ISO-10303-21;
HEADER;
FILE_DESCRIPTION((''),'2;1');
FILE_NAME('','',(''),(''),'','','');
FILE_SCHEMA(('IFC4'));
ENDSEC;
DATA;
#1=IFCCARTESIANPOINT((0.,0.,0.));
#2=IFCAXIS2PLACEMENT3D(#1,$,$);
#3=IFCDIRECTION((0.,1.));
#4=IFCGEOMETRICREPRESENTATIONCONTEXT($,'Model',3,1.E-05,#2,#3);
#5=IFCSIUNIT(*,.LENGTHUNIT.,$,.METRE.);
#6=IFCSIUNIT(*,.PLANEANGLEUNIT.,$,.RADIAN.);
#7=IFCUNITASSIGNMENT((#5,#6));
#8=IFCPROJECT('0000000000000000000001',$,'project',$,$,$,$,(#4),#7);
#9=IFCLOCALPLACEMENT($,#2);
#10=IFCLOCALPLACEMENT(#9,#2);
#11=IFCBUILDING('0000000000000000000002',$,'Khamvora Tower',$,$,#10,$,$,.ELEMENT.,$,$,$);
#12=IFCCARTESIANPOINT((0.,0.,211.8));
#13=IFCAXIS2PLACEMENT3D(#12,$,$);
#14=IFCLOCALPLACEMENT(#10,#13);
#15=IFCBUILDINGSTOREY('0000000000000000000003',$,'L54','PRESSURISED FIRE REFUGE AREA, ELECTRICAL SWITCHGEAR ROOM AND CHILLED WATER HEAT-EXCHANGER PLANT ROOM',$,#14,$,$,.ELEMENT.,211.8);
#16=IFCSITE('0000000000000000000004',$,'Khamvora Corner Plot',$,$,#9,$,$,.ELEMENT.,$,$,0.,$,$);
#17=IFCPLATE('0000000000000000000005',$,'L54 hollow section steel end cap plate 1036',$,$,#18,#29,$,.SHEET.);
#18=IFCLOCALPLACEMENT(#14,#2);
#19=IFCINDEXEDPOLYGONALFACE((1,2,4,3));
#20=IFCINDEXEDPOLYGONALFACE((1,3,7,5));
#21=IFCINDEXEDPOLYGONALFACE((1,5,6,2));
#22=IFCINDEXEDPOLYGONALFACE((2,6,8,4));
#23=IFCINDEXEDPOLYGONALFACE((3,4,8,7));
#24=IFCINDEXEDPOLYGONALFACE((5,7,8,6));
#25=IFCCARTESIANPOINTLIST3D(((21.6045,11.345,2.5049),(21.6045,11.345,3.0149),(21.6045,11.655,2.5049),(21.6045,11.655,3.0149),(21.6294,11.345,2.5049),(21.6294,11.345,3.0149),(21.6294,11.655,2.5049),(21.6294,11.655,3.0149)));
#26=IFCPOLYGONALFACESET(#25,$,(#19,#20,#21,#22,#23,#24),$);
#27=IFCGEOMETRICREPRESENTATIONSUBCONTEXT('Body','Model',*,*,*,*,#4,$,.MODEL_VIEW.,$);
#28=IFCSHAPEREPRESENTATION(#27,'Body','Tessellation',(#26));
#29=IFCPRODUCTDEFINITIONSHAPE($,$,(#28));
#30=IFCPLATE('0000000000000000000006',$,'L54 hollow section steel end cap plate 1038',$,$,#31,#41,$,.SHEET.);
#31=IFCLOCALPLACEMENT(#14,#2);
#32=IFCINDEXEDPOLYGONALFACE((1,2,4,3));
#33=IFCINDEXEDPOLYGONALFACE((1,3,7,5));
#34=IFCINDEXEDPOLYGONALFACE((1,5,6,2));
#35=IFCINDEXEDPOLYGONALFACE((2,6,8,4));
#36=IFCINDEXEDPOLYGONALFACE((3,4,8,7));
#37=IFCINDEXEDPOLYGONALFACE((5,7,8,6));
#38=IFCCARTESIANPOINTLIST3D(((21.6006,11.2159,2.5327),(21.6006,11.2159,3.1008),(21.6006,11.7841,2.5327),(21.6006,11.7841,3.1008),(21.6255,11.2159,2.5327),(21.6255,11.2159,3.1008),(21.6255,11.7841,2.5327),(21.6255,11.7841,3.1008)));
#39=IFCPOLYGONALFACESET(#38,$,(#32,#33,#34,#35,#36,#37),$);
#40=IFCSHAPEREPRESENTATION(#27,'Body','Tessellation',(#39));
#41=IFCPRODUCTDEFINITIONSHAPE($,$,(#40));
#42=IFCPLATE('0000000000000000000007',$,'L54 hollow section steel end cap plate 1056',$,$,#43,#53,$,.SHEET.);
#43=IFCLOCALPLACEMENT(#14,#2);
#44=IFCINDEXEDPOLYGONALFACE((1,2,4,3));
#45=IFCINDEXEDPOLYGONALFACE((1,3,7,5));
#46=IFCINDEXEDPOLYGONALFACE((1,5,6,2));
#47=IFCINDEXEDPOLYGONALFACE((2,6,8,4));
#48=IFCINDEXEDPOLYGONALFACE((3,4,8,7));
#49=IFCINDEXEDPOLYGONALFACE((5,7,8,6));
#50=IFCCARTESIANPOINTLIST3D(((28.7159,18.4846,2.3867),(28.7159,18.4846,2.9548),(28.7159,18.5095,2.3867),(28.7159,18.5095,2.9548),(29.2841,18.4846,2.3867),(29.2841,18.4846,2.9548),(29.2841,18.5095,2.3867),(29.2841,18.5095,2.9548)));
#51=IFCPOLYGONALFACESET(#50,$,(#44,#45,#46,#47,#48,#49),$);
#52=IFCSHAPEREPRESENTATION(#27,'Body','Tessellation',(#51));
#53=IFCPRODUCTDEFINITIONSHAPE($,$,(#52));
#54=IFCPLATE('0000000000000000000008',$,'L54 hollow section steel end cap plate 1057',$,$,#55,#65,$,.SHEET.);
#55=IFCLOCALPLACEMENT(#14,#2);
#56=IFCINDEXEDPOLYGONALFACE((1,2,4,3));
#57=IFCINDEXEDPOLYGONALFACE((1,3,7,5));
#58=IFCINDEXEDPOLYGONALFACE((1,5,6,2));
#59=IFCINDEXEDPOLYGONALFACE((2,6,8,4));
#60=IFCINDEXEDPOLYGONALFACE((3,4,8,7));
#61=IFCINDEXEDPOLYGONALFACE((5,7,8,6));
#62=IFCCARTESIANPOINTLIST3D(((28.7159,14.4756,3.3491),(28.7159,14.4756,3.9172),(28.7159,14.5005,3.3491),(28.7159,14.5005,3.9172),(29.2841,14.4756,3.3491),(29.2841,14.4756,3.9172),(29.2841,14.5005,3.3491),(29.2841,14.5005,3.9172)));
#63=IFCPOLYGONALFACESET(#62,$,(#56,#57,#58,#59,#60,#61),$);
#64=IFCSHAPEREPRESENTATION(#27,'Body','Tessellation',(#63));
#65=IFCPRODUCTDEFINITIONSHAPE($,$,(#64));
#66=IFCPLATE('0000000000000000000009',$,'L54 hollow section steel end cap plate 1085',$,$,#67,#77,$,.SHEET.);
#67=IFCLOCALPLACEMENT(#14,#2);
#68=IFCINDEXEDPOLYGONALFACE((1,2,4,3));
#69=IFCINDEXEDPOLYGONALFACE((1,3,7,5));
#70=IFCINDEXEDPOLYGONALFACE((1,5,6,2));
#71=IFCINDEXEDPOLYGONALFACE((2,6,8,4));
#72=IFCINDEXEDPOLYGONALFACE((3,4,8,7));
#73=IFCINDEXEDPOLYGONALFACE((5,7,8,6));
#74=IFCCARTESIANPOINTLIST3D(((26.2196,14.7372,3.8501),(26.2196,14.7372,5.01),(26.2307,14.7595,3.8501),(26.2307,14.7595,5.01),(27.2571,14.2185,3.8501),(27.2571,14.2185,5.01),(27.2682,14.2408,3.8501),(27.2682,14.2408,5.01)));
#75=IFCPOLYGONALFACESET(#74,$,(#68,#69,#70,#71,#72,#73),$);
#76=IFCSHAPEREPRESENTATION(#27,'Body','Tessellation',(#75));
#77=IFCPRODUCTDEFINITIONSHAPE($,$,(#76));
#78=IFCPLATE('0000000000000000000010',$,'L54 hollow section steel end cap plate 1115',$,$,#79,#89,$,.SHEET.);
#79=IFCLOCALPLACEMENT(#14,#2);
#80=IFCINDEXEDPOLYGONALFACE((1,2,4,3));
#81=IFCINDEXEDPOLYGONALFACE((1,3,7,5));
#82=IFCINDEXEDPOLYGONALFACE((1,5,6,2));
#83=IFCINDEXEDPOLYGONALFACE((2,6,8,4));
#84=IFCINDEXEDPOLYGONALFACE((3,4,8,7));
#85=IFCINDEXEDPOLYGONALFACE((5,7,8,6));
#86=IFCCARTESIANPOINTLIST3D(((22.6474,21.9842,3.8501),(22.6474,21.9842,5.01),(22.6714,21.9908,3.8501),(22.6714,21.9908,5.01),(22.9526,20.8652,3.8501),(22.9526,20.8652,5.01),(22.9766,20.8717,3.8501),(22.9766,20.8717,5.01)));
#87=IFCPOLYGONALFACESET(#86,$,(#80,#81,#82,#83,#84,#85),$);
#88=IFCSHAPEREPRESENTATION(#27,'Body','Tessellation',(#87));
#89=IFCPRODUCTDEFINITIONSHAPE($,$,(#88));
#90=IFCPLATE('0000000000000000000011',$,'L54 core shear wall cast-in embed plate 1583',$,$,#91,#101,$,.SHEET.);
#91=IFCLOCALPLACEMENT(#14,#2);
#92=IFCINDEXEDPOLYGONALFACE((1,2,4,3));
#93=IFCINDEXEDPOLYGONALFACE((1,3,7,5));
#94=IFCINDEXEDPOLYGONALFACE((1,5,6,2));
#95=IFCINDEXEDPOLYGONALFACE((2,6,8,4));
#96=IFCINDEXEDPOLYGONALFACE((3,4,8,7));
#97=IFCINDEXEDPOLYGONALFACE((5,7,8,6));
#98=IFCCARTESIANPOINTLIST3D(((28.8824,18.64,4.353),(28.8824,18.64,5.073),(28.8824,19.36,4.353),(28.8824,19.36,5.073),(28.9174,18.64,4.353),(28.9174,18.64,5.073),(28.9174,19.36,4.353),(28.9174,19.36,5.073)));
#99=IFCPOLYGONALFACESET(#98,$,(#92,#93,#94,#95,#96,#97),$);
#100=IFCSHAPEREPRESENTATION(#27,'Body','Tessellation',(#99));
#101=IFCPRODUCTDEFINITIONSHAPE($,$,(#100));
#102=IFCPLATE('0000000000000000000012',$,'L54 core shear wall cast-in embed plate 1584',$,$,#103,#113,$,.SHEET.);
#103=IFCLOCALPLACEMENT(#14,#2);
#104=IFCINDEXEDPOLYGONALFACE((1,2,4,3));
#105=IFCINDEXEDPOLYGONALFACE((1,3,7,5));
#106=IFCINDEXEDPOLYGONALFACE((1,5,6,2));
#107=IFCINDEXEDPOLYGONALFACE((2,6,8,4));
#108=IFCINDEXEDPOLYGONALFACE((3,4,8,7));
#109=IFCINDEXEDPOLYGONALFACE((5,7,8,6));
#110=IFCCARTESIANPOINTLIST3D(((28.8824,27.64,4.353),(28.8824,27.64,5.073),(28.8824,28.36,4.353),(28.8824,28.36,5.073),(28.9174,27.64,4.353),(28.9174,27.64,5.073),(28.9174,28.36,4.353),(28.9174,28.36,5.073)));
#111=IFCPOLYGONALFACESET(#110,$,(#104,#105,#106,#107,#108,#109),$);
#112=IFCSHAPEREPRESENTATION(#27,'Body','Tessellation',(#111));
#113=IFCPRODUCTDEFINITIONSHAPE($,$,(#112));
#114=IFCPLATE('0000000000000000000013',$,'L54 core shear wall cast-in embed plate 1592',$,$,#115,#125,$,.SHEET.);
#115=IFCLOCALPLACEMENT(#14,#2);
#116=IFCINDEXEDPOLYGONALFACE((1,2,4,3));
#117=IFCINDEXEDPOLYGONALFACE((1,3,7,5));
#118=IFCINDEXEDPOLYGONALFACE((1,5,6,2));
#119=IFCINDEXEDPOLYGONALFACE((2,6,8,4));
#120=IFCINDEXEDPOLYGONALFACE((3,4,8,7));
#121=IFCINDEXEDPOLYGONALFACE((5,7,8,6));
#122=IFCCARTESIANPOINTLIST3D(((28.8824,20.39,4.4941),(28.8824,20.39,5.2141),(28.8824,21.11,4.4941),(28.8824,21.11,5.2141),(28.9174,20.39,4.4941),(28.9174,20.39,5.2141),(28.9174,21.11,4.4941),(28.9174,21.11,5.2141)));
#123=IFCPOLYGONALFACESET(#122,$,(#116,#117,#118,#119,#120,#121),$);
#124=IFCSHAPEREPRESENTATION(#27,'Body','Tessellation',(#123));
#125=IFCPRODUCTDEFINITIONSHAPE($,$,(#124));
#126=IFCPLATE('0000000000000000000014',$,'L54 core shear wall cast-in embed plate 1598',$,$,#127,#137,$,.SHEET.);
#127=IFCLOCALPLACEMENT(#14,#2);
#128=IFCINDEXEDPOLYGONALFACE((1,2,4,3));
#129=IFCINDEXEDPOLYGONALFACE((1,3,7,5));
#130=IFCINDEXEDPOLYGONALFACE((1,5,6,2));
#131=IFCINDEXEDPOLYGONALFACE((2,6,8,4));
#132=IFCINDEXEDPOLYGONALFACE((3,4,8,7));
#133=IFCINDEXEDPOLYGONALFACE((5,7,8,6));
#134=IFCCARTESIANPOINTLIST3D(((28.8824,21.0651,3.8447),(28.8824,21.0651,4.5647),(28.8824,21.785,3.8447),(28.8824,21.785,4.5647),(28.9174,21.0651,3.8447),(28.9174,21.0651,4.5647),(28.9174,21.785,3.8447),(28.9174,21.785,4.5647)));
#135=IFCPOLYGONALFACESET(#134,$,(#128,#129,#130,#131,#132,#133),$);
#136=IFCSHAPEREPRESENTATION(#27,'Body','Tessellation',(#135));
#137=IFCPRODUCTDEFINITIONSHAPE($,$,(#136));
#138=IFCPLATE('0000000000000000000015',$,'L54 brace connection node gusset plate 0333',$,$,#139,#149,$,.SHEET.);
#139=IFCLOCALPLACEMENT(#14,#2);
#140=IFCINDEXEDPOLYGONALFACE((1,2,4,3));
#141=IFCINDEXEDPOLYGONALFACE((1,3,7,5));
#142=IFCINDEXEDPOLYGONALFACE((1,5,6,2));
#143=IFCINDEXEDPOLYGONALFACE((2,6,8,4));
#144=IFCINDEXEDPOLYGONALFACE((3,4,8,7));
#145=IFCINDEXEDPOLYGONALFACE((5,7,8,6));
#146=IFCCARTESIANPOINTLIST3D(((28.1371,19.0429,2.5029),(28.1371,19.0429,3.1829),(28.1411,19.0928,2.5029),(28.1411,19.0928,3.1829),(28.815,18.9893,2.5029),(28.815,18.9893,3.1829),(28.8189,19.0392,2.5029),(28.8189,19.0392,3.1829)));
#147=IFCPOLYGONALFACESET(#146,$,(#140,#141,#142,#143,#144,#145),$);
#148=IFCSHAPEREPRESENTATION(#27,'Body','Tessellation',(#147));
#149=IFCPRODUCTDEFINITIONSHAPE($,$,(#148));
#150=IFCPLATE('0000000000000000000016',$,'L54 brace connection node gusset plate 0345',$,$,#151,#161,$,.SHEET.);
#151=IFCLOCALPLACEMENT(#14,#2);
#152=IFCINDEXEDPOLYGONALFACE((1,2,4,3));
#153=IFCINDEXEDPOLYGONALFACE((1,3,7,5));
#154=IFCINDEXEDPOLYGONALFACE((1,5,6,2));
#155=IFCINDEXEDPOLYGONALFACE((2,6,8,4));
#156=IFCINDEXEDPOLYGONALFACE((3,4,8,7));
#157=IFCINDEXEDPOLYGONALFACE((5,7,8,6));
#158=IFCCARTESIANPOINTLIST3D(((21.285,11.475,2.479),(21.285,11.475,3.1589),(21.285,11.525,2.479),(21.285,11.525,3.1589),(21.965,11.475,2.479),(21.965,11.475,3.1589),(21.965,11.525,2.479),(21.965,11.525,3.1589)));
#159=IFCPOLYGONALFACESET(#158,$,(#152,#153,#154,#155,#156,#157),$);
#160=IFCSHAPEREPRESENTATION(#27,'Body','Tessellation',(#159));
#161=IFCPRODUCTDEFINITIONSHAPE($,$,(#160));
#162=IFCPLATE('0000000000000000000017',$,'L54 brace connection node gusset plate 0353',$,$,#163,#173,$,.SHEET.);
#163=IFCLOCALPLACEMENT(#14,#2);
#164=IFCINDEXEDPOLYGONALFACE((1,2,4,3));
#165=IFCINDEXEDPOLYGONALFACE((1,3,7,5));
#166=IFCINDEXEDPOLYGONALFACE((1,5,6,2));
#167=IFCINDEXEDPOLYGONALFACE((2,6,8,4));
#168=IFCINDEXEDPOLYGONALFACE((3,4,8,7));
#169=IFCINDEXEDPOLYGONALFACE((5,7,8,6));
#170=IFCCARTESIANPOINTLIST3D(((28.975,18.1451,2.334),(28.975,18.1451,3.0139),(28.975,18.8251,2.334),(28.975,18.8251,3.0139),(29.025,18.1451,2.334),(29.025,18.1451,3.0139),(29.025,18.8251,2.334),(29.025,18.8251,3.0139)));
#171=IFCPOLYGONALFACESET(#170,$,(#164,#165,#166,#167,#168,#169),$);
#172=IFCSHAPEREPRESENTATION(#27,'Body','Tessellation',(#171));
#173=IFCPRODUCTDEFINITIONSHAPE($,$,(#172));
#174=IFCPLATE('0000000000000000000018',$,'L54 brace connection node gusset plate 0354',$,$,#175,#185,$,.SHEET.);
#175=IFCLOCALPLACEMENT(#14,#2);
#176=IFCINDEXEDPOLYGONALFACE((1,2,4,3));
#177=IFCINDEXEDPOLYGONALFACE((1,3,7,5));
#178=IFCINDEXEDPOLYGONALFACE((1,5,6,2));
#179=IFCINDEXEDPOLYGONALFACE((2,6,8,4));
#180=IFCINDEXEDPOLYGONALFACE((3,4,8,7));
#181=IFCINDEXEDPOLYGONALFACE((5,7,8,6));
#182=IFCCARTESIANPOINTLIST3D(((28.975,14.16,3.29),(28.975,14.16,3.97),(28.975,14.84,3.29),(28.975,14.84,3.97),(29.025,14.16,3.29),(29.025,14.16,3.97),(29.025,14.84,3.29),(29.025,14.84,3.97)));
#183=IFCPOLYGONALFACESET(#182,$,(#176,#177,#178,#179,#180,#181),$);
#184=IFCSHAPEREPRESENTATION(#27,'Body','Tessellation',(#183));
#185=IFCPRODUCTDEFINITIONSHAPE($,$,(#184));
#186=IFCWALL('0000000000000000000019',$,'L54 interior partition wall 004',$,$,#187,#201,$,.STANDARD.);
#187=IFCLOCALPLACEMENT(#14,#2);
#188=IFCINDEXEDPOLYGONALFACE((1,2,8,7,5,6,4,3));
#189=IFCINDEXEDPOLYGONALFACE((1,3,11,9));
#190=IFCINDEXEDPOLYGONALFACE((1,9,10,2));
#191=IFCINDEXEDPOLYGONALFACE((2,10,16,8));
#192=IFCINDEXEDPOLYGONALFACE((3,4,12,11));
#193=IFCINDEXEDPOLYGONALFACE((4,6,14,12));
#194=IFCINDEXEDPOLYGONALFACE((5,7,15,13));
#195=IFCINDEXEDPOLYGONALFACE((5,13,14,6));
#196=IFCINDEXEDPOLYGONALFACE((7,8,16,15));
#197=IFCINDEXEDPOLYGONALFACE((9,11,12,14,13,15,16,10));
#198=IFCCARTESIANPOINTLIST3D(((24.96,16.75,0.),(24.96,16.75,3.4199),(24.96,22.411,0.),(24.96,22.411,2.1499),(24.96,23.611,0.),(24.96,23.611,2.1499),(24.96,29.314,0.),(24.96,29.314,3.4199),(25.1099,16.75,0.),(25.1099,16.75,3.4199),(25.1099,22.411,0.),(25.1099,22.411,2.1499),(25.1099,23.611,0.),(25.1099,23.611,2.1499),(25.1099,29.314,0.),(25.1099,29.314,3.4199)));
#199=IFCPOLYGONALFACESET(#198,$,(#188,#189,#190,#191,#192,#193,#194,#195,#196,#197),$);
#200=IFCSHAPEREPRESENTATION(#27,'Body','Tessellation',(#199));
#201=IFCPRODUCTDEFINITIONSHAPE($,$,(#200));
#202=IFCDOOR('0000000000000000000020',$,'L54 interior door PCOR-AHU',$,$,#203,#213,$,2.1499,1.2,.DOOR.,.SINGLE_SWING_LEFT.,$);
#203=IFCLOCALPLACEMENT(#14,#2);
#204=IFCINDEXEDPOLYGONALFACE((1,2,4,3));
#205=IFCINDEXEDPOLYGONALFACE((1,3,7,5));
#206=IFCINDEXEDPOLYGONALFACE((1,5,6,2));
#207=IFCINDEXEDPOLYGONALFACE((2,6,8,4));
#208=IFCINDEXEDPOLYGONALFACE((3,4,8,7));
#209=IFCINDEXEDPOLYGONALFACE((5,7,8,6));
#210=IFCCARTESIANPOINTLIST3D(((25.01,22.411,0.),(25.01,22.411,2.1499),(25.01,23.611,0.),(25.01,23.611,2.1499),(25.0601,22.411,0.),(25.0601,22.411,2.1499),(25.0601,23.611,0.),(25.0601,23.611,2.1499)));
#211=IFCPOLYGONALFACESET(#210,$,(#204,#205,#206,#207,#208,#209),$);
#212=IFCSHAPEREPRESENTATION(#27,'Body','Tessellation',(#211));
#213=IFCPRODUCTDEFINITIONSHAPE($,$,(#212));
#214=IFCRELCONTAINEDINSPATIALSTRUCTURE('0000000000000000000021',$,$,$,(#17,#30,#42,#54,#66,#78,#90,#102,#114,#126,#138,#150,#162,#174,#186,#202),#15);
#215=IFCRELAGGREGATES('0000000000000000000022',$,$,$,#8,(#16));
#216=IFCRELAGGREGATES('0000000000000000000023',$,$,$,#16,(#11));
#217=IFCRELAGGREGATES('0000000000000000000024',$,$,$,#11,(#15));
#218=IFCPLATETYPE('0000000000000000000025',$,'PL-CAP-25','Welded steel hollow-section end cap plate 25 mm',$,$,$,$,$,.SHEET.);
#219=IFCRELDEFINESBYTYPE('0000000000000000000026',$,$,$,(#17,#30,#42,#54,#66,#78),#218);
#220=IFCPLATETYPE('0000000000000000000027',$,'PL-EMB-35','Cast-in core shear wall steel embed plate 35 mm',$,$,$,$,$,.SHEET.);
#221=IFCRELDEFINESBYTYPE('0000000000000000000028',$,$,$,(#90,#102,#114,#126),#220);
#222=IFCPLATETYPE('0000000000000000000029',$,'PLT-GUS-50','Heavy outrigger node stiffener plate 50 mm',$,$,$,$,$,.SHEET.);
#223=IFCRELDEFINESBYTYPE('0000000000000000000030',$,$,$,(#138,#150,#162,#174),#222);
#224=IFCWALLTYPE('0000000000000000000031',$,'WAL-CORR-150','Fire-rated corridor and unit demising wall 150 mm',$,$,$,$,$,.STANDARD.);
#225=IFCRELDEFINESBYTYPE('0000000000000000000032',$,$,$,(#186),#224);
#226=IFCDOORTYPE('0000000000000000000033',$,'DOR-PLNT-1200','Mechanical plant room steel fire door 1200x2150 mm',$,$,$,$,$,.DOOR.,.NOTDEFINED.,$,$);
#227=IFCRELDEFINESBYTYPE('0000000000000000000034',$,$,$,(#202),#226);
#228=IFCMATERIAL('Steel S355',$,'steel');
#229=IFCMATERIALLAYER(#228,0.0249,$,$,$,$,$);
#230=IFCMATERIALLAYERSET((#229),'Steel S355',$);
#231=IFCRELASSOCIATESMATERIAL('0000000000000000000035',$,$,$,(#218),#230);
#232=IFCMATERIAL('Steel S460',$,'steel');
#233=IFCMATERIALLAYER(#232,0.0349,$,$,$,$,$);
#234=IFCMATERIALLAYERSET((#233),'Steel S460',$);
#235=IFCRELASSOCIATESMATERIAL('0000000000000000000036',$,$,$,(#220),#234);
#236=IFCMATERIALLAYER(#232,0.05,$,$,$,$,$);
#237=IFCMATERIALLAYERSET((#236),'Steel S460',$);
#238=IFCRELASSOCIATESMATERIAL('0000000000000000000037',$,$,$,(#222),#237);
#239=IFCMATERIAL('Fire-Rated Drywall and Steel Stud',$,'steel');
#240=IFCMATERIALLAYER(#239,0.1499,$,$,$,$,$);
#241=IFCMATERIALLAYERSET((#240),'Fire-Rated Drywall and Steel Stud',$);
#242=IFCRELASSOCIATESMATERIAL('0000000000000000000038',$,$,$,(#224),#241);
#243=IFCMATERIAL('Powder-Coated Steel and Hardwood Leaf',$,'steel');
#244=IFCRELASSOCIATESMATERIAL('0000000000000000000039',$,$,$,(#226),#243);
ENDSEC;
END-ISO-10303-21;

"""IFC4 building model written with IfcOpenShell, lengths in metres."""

from ifc_helpers import new_model, si_unit, direction, frame, frame_2d, origin, origin_2d, place, context, subcontext, project, spatial, rectangle, extrude, material, layer, layer_set, type_object, element, fill, save


model = new_model("IFC4")

# Units and contexts
model_context = context("Model", 3, precision=1e-05, world=origin(), true_north=direction((0.0, 1.0)))
body_context = subcontext(model_context, "Body", "Model", "MODEL_VIEW")
ifc_project = project(units=[si_unit("LENGTHUNIT", "METRE"), si_unit("PLANEANGLEUNIT", "RADIAN")], contexts=[model_context])

# Site, building, storey
site_placement = place(None, origin())
site = spatial("IfcSite", under=ifc_project, at=site_placement, Name="Khamvora Corner Plot", CompositionType="ELEMENT", RefElevation=0.0)
building_placement = place(site_placement, origin())
building = spatial("IfcBuilding", under=site, at=building_placement, Name="Khamvora Tower", CompositionType="ELEMENT")
storey_placement = place(building_placement, frame((0.0, 0.0, 211.8)))
storey = spatial("IfcBuildingStorey", under=building, at=storey_placement, Name="L54", Description="PRESSURISED FIRE REFUGE AREA, ELECTRICAL SWITCHGEAR ROOM AND CHILLED WATER HEAT-EXCHANGER PLANT ROOM", CompositionType="ELEMENT", Elevation=211.8)

# Shared definitions
ifc_material_1 = material(Name="Steel S460", Category="steel")

# Shared definitions
ifc_material_2 = material(Name="Steel S355", Category="steel")

# Plates
ifc_layer_1 = layer(ifc_material_2, 0.0249)
ifc_layer_set_1 = layer_set([ifc_layer_1], Name="Steel S355")
plate_type_1 = type_object("IfcPlateType", Name="PL-CAP-25", Description="Welded steel hollow-section end cap plate 25 mm", PredefinedType="SHEET", material=ifc_layer_set_1)
plate_1_placement = place(storey_placement, frame((21.6169, 11.5, 2.5049), z_axis=(0.0, 0.0, 1.0), x_axis=(1.0, 0.0, 0.0)))
element("IfcPlate", 1, at=plate_1_placement, inside=storey, type_object=plate_type_1, Name="L54 hollow section steel end cap plate 1036", PredefinedType="SHEET", context=body_context, shape_type="SweptSolid", body=[
    extrude(rectangle(XDim=0.0249, YDim=0.3101, at=origin_2d()), origin(), (0.0, 0.0, 1.0), 0.51),
])
for number, where, z_axis, x_axis, name in (
    (2, (21.613, 11.5, 2.5327), (0.0, 0.0, 1.0), (1.0, 0.0, 0.0), "L54 hollow section steel end cap plate 1038"),
    (3, (29.0, 18.4971, 2.3867), (0.0, 0.0, 1.0), (0.0, -1.0, 0.0), "L54 hollow section steel end cap plate 1056"),
    (4, (29.0, 14.488, 3.3491), (0.0, 0.0, 1.0), (0.0, -1.0, 0.0), "L54 hollow section steel end cap plate 1057"),
):
    element("IfcPlate", number, at=place(storey_placement, frame(where, z_axis=z_axis, x_axis=x_axis)), inside=storey, type_object=plate_type_1, Name=name, PredefinedType="SHEET", context=body_context, shape_type="SweptSolid", body=[
        extrude(rectangle(XDim=0.0249, YDim=0.5681, at=origin_2d()), origin(), (0.0, 0.0, 1.0), 0.5681),
    ])
for number, where, z_axis, x_axis, name in (
    (5, (26.7439, 14.489, 3.8501), (0.0, 0.0, 1.0), (-0.447213, -0.894428, 0.0), "L54 hollow section steel end cap plate 1085"),
    (6, (22.812, 21.428, 3.8501), (0.0, 0.0, 1.0), (0.964764, 0.263115, 0.0), "L54 hollow section steel end cap plate 1115"),
):
    element("IfcPlate", number, at=place(storey_placement, frame(where, z_axis=z_axis, x_axis=x_axis)), inside=storey, type_object=plate_type_1, Name=name, PredefinedType="SHEET", context=body_context, shape_type="SweptSolid", body=[
        extrude(rectangle(XDim=0.0249, YDim=1.1599, at=origin_2d()), origin(), (0.0, 0.0, 1.0), 1.1599),
    ])
ifc_layer_2 = layer(ifc_material_1, 0.0349)
ifc_layer_set_2 = layer_set([ifc_layer_2], Name="Steel S460")
plate_type_2 = type_object("IfcPlateType", Name="PL-EMB-35", Description="Cast-in core shear wall steel embed plate 35 mm", PredefinedType="SHEET", material=ifc_layer_set_2)
for number, where, z_axis, x_axis, name in (
    (7, (28.8999, 19.0, 4.353), (0.0, 0.0, 1.0), (1.0, 0.0, 0.0), "L54 core shear wall cast-in embed plate 1583"),
    (8, (28.8999, 28.0, 4.353), (0.0, 0.0, 1.0), (1.0, 0.0, 0.0), "L54 core shear wall cast-in embed plate 1584"),
    (9, (28.8999, 20.75, 4.4941), (0.0, 0.0, 1.0), (1.0, 0.0, 0.0), "L54 core shear wall cast-in embed plate 1592"),
    (10, (28.8999, 21.425, 3.8447), (0.0, 0.0, 1.0), (1.0, 0.0, 0.0), "L54 core shear wall cast-in embed plate 1598"),
):
    element("IfcPlate", number, at=place(storey_placement, frame(where, z_axis=z_axis, x_axis=x_axis)), inside=storey, type_object=plate_type_2, Name=name, PredefinedType="SHEET", context=body_context, shape_type="SweptSolid", body=[
        extrude(rectangle(XDim=0.0349, YDim=0.72, at=origin_2d()), origin(), (0.0, 0.0, 1.0), 0.72),
    ])
ifc_layer_3 = layer(ifc_material_1, 0.05)
ifc_layer_set_3 = layer_set([ifc_layer_3], Name="Steel S460")
plate_type_3 = type_object("IfcPlateType", Name="PLT-GUS-50", Description="Heavy outrigger node stiffener plate 50 mm", PredefinedType="SHEET", material=ifc_layer_set_3)
for number, where, z_axis, x_axis, name in (
    (11, (28.478, 19.041, 2.5029), (0.0, 0.0, 1.0), (-0.99689, 0.078807, 0.0), "L54 brace connection node gusset plate 0333"),
    (12, (21.625, 11.5, 2.479), (0.0, 0.0, 1.0), (1.0, 0.0, 0.0), "L54 brace connection node gusset plate 0345"),
    (13, (29.0, 18.4851, 2.334), (0.0, 0.0, 1.0), (0.0, -1.0, 0.0), "L54 brace connection node gusset plate 0353"),
    (14, (29.0, 14.5, 3.29), (0.0, 0.0, 1.0), (0.0, -1.0, 0.0), "L54 brace connection node gusset plate 0354"),
):
    element("IfcPlate", number, at=place(storey_placement, frame(where, z_axis=z_axis, x_axis=x_axis)), inside=storey, type_object=plate_type_3, Name=name, PredefinedType="SHEET", context=body_context, shape_type="SweptSolid", body=[
        extrude(rectangle(XDim=0.6799, YDim=0.05, at=origin_2d()), origin(), (0.0, 0.0, 1.0), 0.6799),
    ])

# Wall, opening, door
ifc_material_3 = material(Name="Fire-Rated Drywall and Steel Stud", Category="steel")
ifc_layer_4 = layer(ifc_material_3, 0.1499)
ifc_layer_set_4 = layer_set([ifc_layer_4], Name="Fire-Rated Drywall and Steel Stud")
wall_type = type_object("IfcWallType", Name="WAL-CORR-150", Description="Fire-rated corridor and unit demising wall 150 mm", PredefinedType="STANDARD", material=ifc_layer_set_4)
wall_placement = place(storey_placement, frame((25.0349, 16.75, 0.0), z_axis=(0.0, 0.0, 1.0), x_axis=(0.0, 1.0, 0.0)))
wall = element("IfcWall", 15, at=wall_placement, inside=storey, type_object=wall_type, Name="L54 interior partition wall 004", PredefinedType="STANDARD", context=body_context, shape_type="SweptSolid", body=[
    extrude(rectangle(XDim=12.564, YDim=0.1499, at=frame_2d((6.282, 0.0))), origin(), (0.0, 0.0, 1.0), 3.4199),
])
opening_placement = place(wall_placement, frame((5.6609, 0.0, 0.0)))
opening = element("IfcOpeningElement", 16, at=opening_placement, cuts=wall, PredefinedType="OPENING", context=body_context, shape_type="SweptSolid", body=[
    extrude(rectangle(XDim=1.2, YDim=2.1499, at=frame_2d((0.6001, 1.075))), frame((0.0, 0.085, 0.0), z_axis=(0.0, -1.0, 0.0), x_axis=(1.0, 0.0, 0.0)), (0.0, 0.0, 1.0), 0.1699),
])
ifc_material_4 = material(Name="Powder-Coated Steel and Hardwood Leaf", Category="steel")
door_type = type_object("IfcDoorType", Name="DOR-PLNT-1200", Description="Mechanical plant room steel fire door 1200x2150 mm", OperationType="NOTDEFINED", PredefinedType="DOOR", material=ifc_material_4)
door_placement = place(opening_placement, origin())
door = element("IfcDoor", 17, at=door_placement, inside=storey, type_object=door_type, Name="L54 interior door PCOR-AHU", OperationType="SINGLE_SWING_LEFT", OverallHeight=2.1499, OverallWidth=1.2, PredefinedType="DOOR", context=body_context, shape_type="SweptSolid", body=[
    extrude(rectangle(XDim=1.2, YDim=2.1499, at=frame_2d((0.6001, 1.075))), frame((0.0, 0.0249, 0.0), z_axis=(0.0, -1.0, 0.0), x_axis=(1.0, 0.0, 0.0)), (0.0, 0.0, 1.0), 0.05),
])
fill(opening, door)

save(model, "model.ifc")
